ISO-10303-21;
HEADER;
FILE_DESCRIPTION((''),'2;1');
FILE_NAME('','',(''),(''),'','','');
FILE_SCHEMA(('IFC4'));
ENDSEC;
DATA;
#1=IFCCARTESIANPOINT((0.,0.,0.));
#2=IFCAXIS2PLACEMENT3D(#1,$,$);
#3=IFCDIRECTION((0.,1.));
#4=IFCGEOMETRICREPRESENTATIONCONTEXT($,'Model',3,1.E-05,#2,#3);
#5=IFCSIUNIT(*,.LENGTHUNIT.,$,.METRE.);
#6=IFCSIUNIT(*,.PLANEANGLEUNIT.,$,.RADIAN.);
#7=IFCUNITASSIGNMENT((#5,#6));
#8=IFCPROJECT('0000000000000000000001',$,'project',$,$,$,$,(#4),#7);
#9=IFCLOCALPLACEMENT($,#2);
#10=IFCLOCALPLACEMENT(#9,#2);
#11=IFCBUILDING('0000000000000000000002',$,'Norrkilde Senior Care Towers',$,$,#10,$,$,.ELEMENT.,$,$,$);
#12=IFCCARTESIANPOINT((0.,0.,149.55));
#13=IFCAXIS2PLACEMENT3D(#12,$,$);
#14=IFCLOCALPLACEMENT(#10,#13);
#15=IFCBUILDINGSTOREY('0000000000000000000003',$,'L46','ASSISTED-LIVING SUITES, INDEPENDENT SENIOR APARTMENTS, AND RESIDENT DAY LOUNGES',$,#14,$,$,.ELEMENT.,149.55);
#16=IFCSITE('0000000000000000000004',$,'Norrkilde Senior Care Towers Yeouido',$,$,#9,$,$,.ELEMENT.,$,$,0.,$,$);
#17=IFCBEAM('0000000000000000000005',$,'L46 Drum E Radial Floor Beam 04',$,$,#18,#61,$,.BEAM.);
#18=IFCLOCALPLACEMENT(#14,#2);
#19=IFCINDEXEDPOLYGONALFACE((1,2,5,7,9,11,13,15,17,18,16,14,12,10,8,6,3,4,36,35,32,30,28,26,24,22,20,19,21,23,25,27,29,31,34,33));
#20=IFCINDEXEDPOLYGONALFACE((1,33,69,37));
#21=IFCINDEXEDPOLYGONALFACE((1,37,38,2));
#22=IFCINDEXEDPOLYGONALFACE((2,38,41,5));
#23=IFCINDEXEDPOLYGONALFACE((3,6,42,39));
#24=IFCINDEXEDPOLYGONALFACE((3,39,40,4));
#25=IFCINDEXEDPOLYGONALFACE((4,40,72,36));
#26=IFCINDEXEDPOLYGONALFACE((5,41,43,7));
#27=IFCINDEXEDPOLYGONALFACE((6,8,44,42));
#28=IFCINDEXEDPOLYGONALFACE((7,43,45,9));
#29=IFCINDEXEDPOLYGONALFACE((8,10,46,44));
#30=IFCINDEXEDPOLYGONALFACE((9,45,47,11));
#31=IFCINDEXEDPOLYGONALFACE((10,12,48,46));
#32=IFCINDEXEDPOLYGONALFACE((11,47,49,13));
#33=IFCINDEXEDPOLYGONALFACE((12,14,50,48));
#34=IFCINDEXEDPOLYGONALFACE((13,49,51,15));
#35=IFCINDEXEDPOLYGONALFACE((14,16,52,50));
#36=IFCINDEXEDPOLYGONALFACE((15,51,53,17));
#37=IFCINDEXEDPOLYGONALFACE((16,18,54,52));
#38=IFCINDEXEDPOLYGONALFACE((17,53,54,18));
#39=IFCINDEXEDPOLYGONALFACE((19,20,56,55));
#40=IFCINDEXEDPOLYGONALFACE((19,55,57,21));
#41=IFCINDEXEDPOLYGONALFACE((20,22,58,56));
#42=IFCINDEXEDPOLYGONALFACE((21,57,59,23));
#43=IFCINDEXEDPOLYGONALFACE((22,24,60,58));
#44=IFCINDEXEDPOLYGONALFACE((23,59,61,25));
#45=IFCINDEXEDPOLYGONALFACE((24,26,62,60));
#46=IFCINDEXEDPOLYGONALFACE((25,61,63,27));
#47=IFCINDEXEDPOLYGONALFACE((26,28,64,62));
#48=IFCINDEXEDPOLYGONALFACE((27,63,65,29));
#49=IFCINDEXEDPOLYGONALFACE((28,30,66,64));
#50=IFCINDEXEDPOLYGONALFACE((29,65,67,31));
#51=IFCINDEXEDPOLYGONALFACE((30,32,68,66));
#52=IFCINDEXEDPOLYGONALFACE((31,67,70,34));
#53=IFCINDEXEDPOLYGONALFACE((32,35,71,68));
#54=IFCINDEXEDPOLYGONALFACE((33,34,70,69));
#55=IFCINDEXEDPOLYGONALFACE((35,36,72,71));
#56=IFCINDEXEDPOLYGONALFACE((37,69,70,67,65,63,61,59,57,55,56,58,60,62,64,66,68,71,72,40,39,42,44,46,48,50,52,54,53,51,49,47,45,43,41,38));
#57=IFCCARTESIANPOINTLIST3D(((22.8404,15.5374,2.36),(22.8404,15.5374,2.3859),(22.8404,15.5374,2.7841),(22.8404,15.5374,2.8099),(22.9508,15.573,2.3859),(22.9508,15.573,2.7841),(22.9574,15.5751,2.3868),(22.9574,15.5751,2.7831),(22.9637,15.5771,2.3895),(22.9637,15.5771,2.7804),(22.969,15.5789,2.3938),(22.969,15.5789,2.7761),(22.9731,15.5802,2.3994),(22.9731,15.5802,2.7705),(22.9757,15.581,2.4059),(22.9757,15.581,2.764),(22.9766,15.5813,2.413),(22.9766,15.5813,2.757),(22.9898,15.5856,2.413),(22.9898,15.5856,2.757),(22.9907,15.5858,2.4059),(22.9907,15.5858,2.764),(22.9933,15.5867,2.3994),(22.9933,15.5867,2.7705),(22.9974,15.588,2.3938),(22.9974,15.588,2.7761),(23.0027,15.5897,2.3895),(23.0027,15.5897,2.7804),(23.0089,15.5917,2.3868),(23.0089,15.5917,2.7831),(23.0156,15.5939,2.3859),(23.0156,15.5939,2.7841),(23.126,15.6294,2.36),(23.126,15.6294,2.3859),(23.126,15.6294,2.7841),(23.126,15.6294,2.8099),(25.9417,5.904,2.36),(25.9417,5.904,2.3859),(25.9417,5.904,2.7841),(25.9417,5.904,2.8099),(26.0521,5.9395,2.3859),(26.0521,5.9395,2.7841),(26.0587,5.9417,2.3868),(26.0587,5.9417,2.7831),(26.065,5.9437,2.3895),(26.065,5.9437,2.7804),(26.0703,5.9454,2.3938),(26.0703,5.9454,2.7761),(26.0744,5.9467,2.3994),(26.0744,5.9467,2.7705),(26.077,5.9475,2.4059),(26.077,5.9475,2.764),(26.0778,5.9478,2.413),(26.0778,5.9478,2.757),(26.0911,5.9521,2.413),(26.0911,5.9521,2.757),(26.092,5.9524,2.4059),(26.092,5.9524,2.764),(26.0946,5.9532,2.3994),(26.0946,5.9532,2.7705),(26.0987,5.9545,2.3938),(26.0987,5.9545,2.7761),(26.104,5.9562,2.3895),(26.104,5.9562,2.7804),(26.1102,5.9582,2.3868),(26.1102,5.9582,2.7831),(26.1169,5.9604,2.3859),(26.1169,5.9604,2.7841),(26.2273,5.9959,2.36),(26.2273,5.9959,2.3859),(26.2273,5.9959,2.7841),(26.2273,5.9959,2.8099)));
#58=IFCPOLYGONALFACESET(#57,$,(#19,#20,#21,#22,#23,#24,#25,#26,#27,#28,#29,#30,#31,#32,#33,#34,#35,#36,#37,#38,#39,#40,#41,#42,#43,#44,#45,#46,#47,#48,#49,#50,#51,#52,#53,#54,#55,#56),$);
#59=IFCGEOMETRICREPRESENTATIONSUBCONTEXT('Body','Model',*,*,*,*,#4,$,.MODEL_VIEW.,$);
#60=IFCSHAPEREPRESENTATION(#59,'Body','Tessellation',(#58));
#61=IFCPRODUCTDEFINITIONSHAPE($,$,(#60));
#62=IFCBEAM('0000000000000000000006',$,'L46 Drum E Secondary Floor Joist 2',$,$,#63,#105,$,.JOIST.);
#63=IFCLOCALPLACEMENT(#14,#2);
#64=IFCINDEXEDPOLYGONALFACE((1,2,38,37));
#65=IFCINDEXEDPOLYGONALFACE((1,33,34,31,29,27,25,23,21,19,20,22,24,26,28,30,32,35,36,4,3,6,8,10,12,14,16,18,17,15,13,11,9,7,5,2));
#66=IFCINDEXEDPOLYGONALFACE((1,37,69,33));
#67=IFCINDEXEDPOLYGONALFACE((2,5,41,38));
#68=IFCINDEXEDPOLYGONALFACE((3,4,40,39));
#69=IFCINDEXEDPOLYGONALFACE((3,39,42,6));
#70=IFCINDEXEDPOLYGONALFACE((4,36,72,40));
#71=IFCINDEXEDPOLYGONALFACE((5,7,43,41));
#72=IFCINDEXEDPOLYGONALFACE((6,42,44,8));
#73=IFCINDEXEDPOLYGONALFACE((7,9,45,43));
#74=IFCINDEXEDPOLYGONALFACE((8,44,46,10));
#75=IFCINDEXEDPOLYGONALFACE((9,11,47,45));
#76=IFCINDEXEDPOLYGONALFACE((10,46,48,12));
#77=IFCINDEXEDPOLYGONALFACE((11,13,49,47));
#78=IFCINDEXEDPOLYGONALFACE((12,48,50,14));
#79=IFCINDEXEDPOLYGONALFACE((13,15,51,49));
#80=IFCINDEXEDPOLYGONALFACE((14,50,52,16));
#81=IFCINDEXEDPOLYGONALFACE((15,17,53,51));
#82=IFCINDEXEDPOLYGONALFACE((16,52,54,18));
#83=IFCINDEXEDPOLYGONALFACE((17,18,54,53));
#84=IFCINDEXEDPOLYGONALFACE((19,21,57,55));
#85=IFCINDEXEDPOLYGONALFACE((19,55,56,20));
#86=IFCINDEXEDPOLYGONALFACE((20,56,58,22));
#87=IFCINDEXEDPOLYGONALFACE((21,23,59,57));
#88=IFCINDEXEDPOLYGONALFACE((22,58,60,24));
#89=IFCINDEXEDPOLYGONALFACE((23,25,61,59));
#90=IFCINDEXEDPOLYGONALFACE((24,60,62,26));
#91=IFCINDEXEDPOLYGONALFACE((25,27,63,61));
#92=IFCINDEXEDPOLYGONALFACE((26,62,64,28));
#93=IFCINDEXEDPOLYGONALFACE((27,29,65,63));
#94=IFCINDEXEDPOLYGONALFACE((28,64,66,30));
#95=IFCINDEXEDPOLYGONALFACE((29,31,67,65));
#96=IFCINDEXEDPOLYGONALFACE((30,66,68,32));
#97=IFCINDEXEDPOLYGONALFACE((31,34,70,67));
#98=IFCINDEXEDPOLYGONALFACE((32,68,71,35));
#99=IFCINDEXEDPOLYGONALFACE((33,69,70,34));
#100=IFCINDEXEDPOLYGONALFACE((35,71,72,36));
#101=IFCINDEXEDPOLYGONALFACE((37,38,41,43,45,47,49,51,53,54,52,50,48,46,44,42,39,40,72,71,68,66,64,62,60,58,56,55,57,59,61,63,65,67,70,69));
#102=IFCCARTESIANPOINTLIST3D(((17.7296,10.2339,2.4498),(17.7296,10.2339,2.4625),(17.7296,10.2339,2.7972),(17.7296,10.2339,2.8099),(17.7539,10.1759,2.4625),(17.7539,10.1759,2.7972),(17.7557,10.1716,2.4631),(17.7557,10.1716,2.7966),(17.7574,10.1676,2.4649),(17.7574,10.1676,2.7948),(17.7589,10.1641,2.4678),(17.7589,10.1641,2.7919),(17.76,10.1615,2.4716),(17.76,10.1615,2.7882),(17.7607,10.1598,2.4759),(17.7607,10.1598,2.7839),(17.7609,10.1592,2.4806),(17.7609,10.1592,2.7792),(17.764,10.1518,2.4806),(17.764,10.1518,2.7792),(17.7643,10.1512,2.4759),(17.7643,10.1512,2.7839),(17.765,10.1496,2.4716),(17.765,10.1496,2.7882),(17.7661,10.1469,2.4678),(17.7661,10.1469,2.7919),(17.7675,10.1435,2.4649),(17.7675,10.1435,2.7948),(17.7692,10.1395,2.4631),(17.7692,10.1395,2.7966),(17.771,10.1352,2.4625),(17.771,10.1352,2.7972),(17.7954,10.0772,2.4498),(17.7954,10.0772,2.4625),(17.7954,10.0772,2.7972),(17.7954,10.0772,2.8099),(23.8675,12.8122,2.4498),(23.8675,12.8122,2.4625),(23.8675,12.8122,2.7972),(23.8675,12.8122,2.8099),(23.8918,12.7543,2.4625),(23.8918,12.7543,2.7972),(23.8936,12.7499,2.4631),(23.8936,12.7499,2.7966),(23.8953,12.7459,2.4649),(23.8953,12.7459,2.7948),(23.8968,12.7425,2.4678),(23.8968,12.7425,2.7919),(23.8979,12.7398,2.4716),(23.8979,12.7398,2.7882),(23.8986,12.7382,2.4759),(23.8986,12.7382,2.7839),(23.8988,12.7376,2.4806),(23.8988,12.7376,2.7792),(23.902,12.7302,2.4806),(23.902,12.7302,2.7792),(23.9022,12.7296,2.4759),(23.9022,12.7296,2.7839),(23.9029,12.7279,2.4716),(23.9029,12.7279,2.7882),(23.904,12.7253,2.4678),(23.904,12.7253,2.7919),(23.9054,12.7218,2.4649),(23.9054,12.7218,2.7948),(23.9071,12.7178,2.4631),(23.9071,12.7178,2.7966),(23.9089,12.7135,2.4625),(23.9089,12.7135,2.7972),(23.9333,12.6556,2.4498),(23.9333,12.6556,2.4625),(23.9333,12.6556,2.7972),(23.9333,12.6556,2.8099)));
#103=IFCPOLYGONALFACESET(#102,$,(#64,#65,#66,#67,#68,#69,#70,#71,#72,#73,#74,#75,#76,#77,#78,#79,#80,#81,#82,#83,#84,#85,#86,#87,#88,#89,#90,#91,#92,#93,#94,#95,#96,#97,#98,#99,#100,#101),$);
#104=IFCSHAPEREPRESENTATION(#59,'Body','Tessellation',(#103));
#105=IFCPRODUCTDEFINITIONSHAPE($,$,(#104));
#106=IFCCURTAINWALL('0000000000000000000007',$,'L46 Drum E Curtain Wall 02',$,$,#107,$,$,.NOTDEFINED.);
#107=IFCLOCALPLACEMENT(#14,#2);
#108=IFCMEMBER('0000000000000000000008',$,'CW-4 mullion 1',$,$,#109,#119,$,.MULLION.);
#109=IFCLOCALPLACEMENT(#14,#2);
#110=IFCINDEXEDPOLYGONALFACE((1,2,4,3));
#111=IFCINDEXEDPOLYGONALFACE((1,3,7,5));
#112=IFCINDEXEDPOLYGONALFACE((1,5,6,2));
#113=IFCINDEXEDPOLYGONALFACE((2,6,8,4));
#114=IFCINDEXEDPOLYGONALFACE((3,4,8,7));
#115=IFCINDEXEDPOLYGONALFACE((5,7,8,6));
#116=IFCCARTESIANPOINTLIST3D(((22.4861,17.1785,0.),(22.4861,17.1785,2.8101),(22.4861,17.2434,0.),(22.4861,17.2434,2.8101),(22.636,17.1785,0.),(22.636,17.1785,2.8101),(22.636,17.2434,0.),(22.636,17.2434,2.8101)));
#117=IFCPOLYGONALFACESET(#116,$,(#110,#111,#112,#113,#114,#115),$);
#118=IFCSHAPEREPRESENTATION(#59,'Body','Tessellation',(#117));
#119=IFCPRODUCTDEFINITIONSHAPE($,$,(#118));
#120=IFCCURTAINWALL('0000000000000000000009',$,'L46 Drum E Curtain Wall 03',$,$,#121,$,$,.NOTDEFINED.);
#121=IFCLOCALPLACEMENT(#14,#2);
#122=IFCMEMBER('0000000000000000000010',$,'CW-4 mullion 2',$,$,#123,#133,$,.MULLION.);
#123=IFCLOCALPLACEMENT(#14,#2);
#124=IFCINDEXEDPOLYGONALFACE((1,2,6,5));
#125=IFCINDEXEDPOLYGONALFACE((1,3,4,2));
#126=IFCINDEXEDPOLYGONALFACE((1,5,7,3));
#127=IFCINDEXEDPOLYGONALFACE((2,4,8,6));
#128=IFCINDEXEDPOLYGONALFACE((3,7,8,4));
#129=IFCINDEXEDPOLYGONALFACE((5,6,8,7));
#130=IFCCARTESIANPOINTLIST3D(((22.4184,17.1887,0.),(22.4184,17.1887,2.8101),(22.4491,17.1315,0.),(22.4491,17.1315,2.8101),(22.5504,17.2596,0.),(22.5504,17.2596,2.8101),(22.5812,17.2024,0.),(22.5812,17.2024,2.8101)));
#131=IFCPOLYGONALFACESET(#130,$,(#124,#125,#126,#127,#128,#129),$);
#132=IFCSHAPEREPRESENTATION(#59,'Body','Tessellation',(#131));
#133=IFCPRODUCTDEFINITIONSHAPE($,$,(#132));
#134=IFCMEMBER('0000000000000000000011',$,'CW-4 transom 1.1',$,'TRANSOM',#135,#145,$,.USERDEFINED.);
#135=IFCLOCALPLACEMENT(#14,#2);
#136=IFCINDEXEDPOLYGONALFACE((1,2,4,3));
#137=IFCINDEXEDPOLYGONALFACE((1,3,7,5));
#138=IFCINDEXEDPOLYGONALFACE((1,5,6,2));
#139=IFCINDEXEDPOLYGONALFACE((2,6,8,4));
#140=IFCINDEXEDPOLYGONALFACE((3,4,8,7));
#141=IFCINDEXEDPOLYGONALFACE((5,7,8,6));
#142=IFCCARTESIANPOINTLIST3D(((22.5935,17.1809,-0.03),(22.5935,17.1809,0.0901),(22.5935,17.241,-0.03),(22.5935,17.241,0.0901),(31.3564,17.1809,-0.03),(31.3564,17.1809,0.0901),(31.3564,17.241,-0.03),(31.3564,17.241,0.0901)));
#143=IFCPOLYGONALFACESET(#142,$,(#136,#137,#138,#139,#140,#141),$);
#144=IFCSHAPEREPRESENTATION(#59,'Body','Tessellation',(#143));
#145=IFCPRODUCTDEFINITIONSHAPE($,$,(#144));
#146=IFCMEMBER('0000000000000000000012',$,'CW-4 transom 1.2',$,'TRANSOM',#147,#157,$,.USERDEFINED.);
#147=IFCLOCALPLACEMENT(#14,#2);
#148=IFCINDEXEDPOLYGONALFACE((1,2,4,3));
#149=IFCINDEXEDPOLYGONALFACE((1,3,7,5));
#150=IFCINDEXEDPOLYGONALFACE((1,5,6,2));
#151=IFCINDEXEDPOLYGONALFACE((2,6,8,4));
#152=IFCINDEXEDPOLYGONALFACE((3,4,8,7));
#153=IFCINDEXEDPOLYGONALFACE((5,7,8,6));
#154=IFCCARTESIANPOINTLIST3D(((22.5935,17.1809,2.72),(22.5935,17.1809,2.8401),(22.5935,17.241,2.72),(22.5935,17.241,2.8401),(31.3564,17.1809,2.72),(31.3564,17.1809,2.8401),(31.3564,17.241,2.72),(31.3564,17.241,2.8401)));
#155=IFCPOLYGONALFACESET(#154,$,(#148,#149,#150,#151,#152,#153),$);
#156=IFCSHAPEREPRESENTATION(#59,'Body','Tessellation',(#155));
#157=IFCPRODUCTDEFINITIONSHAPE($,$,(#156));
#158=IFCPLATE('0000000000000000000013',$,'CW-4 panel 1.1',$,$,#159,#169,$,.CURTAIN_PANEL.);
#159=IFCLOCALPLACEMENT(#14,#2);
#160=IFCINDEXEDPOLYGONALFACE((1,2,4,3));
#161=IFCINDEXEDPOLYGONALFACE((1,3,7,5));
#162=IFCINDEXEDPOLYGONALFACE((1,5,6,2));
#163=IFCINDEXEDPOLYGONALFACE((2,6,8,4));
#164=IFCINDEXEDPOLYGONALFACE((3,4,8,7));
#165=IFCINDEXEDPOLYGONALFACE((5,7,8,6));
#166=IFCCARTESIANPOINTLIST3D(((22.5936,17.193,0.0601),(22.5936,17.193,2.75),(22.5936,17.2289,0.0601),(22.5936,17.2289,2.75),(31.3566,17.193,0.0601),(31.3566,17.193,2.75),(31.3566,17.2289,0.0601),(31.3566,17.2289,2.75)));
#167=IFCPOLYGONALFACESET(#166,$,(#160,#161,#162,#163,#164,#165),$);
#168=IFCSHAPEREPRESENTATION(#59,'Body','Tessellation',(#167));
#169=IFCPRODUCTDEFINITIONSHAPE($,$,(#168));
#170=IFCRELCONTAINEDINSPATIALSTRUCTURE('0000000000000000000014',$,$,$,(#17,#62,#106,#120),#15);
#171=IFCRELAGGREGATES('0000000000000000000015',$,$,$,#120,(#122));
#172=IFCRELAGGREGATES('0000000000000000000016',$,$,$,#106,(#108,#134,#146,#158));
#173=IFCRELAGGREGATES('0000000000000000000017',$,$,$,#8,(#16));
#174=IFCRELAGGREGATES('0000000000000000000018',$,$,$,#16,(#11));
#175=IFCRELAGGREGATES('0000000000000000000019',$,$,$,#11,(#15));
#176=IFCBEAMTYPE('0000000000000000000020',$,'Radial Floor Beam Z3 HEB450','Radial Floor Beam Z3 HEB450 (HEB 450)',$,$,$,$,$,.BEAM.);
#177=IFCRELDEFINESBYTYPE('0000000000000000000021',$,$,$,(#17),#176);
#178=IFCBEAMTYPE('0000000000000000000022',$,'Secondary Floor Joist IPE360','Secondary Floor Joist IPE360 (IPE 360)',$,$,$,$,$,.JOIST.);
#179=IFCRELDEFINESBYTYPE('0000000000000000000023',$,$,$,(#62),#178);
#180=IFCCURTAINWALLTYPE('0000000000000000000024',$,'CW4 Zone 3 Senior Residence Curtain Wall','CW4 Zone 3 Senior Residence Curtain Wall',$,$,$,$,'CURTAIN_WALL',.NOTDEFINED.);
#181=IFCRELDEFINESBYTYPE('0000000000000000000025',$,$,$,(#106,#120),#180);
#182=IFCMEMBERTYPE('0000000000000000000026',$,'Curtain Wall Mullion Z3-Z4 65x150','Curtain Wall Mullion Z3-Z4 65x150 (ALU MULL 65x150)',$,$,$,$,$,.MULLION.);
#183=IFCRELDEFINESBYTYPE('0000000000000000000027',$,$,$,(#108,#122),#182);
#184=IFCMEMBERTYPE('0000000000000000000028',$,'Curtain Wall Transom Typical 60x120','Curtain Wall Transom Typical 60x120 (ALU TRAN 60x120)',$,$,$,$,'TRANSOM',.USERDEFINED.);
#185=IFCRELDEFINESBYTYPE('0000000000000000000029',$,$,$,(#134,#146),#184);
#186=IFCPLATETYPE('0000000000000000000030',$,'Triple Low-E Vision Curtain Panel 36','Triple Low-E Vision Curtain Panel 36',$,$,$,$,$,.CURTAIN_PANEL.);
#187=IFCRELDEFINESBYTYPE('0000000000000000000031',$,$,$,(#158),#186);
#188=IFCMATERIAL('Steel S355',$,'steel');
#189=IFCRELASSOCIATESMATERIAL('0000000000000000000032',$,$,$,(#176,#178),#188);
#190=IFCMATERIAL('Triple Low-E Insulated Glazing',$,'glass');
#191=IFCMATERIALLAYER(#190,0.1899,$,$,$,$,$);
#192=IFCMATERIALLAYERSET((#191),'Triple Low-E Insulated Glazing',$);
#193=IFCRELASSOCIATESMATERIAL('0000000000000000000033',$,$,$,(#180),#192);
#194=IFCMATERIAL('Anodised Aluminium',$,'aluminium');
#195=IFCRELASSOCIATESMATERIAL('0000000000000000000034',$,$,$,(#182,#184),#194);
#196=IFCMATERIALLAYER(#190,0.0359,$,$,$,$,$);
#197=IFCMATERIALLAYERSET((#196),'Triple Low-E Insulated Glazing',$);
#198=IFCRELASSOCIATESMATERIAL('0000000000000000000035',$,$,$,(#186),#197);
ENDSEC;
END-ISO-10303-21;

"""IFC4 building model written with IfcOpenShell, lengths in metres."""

from ifc_helpers import new_model, si_unit, direction, frame, origin, origin_2d, place, context, subcontext, project, spatial, rectangle, i_section, extrude, source, transform, mapped, material, layer, layer_set, material_profile, profile_set, type_object, type_shapes, element, aggregate, save


model = new_model("IFC4")

# Units and contexts
model_context = context("Model", 3, precision=1e-05, world=origin(), true_north=direction((0.0, 1.0)))
body_context = subcontext(model_context, "Body", "Model", "MODEL_VIEW")
ifc_project = project(units=[si_unit("LENGTHUNIT", "METRE"), si_unit("PLANEANGLEUNIT", "RADIAN")], contexts=[model_context])

# Site, building, storey
site_placement = place(None, origin())
site = spatial("IfcSite", under=ifc_project, at=site_placement, Name="Norrkilde Senior Care Towers Yeouido", CompositionType="ELEMENT", RefElevation=0.0)
building_placement = place(site_placement, origin())
building = spatial("IfcBuilding", under=site, at=building_placement, Name="Norrkilde Senior Care Towers", CompositionType="ELEMENT")
storey_placement = place(building_placement, frame((0.0, 0.0, 149.55)))
storey = spatial("IfcBuildingStorey", under=building, at=storey_placement, Name="L46", Description="ASSISTED-LIVING SUITES, INDEPENDENT SENIOR APARTMENTS, AND RESIDENT DAY LOUNGES", CompositionType="ELEMENT", Elevation=149.55)

# Beams
ifc_material_1 = material(Name="Steel S355", Category="steel")
ifc_material_profile_1 = material_profile(ifc_material_1, i_section(OverallWidth=0.3, OverallDepth=0.45, WebThickness=0.0139, FlangeThickness=0.0259, FilletRadius=0.0271, at=origin_2d()), Name="HEB 450")
ifc_profile_set_1 = profile_set([ifc_material_profile_1], Name="Steel S355")
beam_type_1 = type_object("IfcBeamType", Name="Radial Floor Beam Z3 HEB450", Description="Radial Floor Beam Z3 HEB450 (HEB 450)", PredefinedType="BEAM", material=ifc_profile_set_1)
shared_shape_1 = source(origin(), body_context, "Body", "SweptSolid", [
    extrude(i_section(OverallWidth=0.3, OverallDepth=0.45, WebThickness=0.0139, FlangeThickness=0.0259, FilletRadius=0.0271, at=origin_2d()), origin(), (0.0, 0.0, 1.0), 10.1204),
])
beam_1_placement = place(storey_placement, frame((26.0845, 5.95, 2.585), z_axis=(-0.306441, 0.95189, 0.0), x_axis=(-0.95189, -0.306441, 0.0)))
element("IfcBeam", 1, at=beam_1_placement, inside=storey, type_object=beam_type_1, Name="L46 Drum E Radial Floor Beam 04", PredefinedType="BEAM", context=body_context, shape_type="MappedRepresentation", body=[
    mapped(shared_shape_1, transform((0.0, 0.0, 0.0), x_axis=(1.0, 0.0, 0.0), y_axis=(0.0, 1.0, 0.0), z_axis=(0.0, 0.0, 1.0), scale=1.0)),
])
ifc_material_profile_2 = material_profile(ifc_material_1, i_section(OverallWidth=0.1699, OverallDepth=0.3601, WebThickness=0.0081, FlangeThickness=0.0127, FilletRadius=0.0181, at=origin_2d()), Name="IPE 360")
ifc_profile_set_2 = profile_set([ifc_material_profile_2], Name="Steel S355")
beam_type_2 = type_object("IfcBeamType", Name="Secondary Floor Joist IPE360", Description="Secondary Floor Joist IPE360 (IPE 360)", PredefinedType="JOIST", material=ifc_profile_set_2)
shared_shape_2 = source(origin(), body_context, "Body", "SweptSolid", [
    extrude(i_section(OverallWidth=0.1699, OverallDepth=0.3601, WebThickness=0.0081, FlangeThickness=0.0127, FilletRadius=0.0181, at=origin_2d()), origin(), (0.0, 0.0, 1.0), 6.6575),
])
type_shapes(beam_type_2, [shared_shape_2])
beam_2_placement = place(storey_placement, frame((23.9004, 12.7339, 2.6299), z_axis=(-0.921959, -0.387288, 0.0), x_axis=(0.387288, -0.921959, 0.0)))
element("IfcBeam", 2, at=beam_2_placement, inside=storey, type_object=beam_type_2, Name="L46 Drum E Secondary Floor Joist 2", PredefinedType="JOIST", context=body_context, shape_type="MappedRepresentation", body=[
    mapped(shared_shape_2, transform((0.0, 0.0, 0.0), x_axis=(1.0, 0.0, 0.0), y_axis=(0.0, 1.0, 0.0), z_axis=(0.0, 0.0, 1.0), scale=1.0)),
])

# Curtain walls, members
ifc_material_2 = material(Name="Triple Low-E Insulated Glazing", Category="glass")
ifc_layer_1 = layer(ifc_material_2, 0.1899)
ifc_layer_set_1 = layer_set([ifc_layer_1], Name="Triple Low-E Insulated Glazing")
curtain_wall_type = type_object("IfcCurtainWallType", Name="CW4 Zone 3 Senior Residence Curtain Wall", Description="CW4 Zone 3 Senior Residence Curtain Wall", ElementType="CURTAIN_WALL", PredefinedType="NOTDEFINED", material=ifc_layer_set_1)
curtain_wall_1_placement = place(storey_placement, origin())
curtain_wall_1 = element("IfcCurtainWall", 3, at=curtain_wall_1_placement, inside=storey, type_object=curtain_wall_type, Name="L46 Drum E Curtain Wall 02", PredefinedType="NOTDEFINED")
ifc_material_3 = material(Name="Anodised Aluminium", Category="aluminium")
ifc_material_profile_3 = material_profile(ifc_material_3, rectangle(XDim=0.0649, YDim=0.1499, at=origin_2d()), Name="ALU MULL 65x150")
ifc_profile_set_3 = profile_set([ifc_material_profile_3], Name="Anodised Aluminium")
member_type_1 = type_object("IfcMemberType", Name="Curtain Wall Mullion Z3-Z4 65x150", Description="Curtain Wall Mullion Z3-Z4 65x150 (ALU MULL 65x150)", PredefinedType="MULLION", material=ifc_profile_set_3)
shared_shape_3 = source(origin(), body_context, "Body", "SweptSolid", [
    extrude(rectangle(XDim=0.0649, YDim=0.1499, at=origin_2d()), origin(), (0.0, 0.0, 1.0), 2.8101),
])
type_shapes(member_type_1, [shared_shape_3])
member_1_placement = place(storey_placement, frame((22.561, 17.2109, 0.0), z_axis=(0.0, 0.0, 1.0), x_axis=(0.0, 1.0, 0.0)))
member_1 = element("IfcMember", 4, at=member_1_placement, type_object=member_type_1, Name="CW-4 mullion 1", PredefinedType="MULLION", context=body_context, shape_type="MappedRepresentation", body=[
    mapped(shared_shape_3, transform((0.0, 0.0, 0.0), x_axis=(1.0, 0.0, 0.0), y_axis=(0.0, 1.0, 0.0), z_axis=(0.0, 0.0, 1.0), scale=1.0)),
])
curtain_wall_2_placement = place(storey_placement, origin())
curtain_wall_2 = element("IfcCurtainWall", 5, at=curtain_wall_2_placement, inside=storey, type_object=curtain_wall_type, Name="L46 Drum E Curtain Wall 03", PredefinedType="NOTDEFINED")
member_2_placement = place(storey_placement, frame((22.4998, 17.1956, 0.0), z_axis=(0.0, 0.0, 1.0), x_axis=(-0.473117, 0.881, 0.0)))
member_2 = element("IfcMember", 6, at=member_2_placement, type_object=member_type_1, Name="CW-4 mullion 2", PredefinedType="MULLION", context=body_context, shape_type="MappedRepresentation", body=[
    mapped(shared_shape_3, transform((0.0, 0.0, 0.0), x_axis=(1.0, 0.0, 0.0), y_axis=(0.0, 1.0, 0.0), z_axis=(0.0, 0.0, 1.0), scale=1.0)),
])
aggregate(curtain_wall_2, [member_2])

# Members
ifc_material_profile_4 = material_profile(ifc_material_3, rectangle(XDim=0.0601, YDim=0.1201, at=origin_2d()), Name="ALU TRAN 60x120")
ifc_profile_set_4 = profile_set([ifc_material_profile_4], Name="Anodised Aluminium")
member_type_2 = type_object("IfcMemberType", Name="Curtain Wall Transom Typical 60x120", Description="Curtain Wall Transom Typical 60x120 (ALU TRAN 60x120)", ElementType="TRANSOM", PredefinedType="USERDEFINED", material=ifc_profile_set_4)
shared_shape_4 = source(origin(), body_context, "Body", "SweptSolid", [
    extrude(rectangle(XDim=0.0601, YDim=0.1201, at=origin_2d()), origin(), (0.0, 0.0, 1.0), 8.7629),
])
type_shapes(member_type_2, [shared_shape_4])
member_3_placement = place(storey_placement, frame((22.5935, 17.2109, 0.03), z_axis=(1.0, 0.0, 0.0), x_axis=(0.0, 1.0, 0.0)))
member_3 = element("IfcMember", 7, at=member_3_placement, type_object=member_type_2, Name="CW-4 transom 1.1", ObjectType="TRANSOM", PredefinedType="USERDEFINED", context=body_context, shape_type="MappedRepresentation", body=[
    mapped(shared_shape_4, transform((0.0, 0.0, 0.0), x_axis=(1.0, 0.0, 0.0), y_axis=(0.0, 1.0, 0.0), z_axis=(0.0, 0.0, 1.0), scale=1.0)),
])
member_4_placement = place(storey_placement, frame((22.5935, 17.2109, 2.78), z_axis=(1.0, 0.0, 0.0), x_axis=(0.0, 1.0, 0.0)))
member_4 = element("IfcMember", 8, at=member_4_placement, type_object=member_type_2, Name="CW-4 transom 1.2", ObjectType="TRANSOM", PredefinedType="USERDEFINED", context=body_context, shape_type="MappedRepresentation", body=[
    mapped(shared_shape_4, transform((0.0, 0.0, 0.0), x_axis=(1.0, 0.0, 0.0), y_axis=(0.0, 1.0, 0.0), z_axis=(0.0, 0.0, 1.0), scale=1.0)),
])

# Plate
ifc_layer_2 = layer(ifc_material_2, 0.0359)
ifc_layer_set_2 = layer_set([ifc_layer_2], Name="Triple Low-E Insulated Glazing")
plate_type = type_object("IfcPlateType", Name="Triple Low-E Vision Curtain Panel 36", Description="Triple Low-E Vision Curtain Panel 36", PredefinedType="CURTAIN_PANEL", material=ifc_layer_set_2)
shared_shape_5 = source(origin(), body_context, "Body", "SweptSolid", [
    extrude(rectangle(XDim=8.7629, YDim=0.0359, at=origin_2d()), origin(), (0.0, 0.0, 1.0), 2.6899),
])
type_shapes(plate_type, [shared_shape_5])
plate_placement = place(storey_placement, frame((26.9751, 17.2109, 0.0601), z_axis=(0.0, 0.0, 1.0), x_axis=(1.0, 0.0, 0.0)))
plate = element("IfcPlate", 9, at=plate_placement, type_object=plate_type, Name="CW-4 panel 1.1", PredefinedType="CURTAIN_PANEL", context=body_context, shape_type="MappedRepresentation", body=[
    mapped(shared_shape_5, transform((0.0, 0.0, 0.0), x_axis=(1.0, 0.0, 0.0), y_axis=(0.0, 1.0, 0.0), z_axis=(0.0, 0.0, 1.0), scale=1.0)),
])
aggregate(curtain_wall_1, [member_1, member_3, member_4, plate])

save(model, "model.ifc")
